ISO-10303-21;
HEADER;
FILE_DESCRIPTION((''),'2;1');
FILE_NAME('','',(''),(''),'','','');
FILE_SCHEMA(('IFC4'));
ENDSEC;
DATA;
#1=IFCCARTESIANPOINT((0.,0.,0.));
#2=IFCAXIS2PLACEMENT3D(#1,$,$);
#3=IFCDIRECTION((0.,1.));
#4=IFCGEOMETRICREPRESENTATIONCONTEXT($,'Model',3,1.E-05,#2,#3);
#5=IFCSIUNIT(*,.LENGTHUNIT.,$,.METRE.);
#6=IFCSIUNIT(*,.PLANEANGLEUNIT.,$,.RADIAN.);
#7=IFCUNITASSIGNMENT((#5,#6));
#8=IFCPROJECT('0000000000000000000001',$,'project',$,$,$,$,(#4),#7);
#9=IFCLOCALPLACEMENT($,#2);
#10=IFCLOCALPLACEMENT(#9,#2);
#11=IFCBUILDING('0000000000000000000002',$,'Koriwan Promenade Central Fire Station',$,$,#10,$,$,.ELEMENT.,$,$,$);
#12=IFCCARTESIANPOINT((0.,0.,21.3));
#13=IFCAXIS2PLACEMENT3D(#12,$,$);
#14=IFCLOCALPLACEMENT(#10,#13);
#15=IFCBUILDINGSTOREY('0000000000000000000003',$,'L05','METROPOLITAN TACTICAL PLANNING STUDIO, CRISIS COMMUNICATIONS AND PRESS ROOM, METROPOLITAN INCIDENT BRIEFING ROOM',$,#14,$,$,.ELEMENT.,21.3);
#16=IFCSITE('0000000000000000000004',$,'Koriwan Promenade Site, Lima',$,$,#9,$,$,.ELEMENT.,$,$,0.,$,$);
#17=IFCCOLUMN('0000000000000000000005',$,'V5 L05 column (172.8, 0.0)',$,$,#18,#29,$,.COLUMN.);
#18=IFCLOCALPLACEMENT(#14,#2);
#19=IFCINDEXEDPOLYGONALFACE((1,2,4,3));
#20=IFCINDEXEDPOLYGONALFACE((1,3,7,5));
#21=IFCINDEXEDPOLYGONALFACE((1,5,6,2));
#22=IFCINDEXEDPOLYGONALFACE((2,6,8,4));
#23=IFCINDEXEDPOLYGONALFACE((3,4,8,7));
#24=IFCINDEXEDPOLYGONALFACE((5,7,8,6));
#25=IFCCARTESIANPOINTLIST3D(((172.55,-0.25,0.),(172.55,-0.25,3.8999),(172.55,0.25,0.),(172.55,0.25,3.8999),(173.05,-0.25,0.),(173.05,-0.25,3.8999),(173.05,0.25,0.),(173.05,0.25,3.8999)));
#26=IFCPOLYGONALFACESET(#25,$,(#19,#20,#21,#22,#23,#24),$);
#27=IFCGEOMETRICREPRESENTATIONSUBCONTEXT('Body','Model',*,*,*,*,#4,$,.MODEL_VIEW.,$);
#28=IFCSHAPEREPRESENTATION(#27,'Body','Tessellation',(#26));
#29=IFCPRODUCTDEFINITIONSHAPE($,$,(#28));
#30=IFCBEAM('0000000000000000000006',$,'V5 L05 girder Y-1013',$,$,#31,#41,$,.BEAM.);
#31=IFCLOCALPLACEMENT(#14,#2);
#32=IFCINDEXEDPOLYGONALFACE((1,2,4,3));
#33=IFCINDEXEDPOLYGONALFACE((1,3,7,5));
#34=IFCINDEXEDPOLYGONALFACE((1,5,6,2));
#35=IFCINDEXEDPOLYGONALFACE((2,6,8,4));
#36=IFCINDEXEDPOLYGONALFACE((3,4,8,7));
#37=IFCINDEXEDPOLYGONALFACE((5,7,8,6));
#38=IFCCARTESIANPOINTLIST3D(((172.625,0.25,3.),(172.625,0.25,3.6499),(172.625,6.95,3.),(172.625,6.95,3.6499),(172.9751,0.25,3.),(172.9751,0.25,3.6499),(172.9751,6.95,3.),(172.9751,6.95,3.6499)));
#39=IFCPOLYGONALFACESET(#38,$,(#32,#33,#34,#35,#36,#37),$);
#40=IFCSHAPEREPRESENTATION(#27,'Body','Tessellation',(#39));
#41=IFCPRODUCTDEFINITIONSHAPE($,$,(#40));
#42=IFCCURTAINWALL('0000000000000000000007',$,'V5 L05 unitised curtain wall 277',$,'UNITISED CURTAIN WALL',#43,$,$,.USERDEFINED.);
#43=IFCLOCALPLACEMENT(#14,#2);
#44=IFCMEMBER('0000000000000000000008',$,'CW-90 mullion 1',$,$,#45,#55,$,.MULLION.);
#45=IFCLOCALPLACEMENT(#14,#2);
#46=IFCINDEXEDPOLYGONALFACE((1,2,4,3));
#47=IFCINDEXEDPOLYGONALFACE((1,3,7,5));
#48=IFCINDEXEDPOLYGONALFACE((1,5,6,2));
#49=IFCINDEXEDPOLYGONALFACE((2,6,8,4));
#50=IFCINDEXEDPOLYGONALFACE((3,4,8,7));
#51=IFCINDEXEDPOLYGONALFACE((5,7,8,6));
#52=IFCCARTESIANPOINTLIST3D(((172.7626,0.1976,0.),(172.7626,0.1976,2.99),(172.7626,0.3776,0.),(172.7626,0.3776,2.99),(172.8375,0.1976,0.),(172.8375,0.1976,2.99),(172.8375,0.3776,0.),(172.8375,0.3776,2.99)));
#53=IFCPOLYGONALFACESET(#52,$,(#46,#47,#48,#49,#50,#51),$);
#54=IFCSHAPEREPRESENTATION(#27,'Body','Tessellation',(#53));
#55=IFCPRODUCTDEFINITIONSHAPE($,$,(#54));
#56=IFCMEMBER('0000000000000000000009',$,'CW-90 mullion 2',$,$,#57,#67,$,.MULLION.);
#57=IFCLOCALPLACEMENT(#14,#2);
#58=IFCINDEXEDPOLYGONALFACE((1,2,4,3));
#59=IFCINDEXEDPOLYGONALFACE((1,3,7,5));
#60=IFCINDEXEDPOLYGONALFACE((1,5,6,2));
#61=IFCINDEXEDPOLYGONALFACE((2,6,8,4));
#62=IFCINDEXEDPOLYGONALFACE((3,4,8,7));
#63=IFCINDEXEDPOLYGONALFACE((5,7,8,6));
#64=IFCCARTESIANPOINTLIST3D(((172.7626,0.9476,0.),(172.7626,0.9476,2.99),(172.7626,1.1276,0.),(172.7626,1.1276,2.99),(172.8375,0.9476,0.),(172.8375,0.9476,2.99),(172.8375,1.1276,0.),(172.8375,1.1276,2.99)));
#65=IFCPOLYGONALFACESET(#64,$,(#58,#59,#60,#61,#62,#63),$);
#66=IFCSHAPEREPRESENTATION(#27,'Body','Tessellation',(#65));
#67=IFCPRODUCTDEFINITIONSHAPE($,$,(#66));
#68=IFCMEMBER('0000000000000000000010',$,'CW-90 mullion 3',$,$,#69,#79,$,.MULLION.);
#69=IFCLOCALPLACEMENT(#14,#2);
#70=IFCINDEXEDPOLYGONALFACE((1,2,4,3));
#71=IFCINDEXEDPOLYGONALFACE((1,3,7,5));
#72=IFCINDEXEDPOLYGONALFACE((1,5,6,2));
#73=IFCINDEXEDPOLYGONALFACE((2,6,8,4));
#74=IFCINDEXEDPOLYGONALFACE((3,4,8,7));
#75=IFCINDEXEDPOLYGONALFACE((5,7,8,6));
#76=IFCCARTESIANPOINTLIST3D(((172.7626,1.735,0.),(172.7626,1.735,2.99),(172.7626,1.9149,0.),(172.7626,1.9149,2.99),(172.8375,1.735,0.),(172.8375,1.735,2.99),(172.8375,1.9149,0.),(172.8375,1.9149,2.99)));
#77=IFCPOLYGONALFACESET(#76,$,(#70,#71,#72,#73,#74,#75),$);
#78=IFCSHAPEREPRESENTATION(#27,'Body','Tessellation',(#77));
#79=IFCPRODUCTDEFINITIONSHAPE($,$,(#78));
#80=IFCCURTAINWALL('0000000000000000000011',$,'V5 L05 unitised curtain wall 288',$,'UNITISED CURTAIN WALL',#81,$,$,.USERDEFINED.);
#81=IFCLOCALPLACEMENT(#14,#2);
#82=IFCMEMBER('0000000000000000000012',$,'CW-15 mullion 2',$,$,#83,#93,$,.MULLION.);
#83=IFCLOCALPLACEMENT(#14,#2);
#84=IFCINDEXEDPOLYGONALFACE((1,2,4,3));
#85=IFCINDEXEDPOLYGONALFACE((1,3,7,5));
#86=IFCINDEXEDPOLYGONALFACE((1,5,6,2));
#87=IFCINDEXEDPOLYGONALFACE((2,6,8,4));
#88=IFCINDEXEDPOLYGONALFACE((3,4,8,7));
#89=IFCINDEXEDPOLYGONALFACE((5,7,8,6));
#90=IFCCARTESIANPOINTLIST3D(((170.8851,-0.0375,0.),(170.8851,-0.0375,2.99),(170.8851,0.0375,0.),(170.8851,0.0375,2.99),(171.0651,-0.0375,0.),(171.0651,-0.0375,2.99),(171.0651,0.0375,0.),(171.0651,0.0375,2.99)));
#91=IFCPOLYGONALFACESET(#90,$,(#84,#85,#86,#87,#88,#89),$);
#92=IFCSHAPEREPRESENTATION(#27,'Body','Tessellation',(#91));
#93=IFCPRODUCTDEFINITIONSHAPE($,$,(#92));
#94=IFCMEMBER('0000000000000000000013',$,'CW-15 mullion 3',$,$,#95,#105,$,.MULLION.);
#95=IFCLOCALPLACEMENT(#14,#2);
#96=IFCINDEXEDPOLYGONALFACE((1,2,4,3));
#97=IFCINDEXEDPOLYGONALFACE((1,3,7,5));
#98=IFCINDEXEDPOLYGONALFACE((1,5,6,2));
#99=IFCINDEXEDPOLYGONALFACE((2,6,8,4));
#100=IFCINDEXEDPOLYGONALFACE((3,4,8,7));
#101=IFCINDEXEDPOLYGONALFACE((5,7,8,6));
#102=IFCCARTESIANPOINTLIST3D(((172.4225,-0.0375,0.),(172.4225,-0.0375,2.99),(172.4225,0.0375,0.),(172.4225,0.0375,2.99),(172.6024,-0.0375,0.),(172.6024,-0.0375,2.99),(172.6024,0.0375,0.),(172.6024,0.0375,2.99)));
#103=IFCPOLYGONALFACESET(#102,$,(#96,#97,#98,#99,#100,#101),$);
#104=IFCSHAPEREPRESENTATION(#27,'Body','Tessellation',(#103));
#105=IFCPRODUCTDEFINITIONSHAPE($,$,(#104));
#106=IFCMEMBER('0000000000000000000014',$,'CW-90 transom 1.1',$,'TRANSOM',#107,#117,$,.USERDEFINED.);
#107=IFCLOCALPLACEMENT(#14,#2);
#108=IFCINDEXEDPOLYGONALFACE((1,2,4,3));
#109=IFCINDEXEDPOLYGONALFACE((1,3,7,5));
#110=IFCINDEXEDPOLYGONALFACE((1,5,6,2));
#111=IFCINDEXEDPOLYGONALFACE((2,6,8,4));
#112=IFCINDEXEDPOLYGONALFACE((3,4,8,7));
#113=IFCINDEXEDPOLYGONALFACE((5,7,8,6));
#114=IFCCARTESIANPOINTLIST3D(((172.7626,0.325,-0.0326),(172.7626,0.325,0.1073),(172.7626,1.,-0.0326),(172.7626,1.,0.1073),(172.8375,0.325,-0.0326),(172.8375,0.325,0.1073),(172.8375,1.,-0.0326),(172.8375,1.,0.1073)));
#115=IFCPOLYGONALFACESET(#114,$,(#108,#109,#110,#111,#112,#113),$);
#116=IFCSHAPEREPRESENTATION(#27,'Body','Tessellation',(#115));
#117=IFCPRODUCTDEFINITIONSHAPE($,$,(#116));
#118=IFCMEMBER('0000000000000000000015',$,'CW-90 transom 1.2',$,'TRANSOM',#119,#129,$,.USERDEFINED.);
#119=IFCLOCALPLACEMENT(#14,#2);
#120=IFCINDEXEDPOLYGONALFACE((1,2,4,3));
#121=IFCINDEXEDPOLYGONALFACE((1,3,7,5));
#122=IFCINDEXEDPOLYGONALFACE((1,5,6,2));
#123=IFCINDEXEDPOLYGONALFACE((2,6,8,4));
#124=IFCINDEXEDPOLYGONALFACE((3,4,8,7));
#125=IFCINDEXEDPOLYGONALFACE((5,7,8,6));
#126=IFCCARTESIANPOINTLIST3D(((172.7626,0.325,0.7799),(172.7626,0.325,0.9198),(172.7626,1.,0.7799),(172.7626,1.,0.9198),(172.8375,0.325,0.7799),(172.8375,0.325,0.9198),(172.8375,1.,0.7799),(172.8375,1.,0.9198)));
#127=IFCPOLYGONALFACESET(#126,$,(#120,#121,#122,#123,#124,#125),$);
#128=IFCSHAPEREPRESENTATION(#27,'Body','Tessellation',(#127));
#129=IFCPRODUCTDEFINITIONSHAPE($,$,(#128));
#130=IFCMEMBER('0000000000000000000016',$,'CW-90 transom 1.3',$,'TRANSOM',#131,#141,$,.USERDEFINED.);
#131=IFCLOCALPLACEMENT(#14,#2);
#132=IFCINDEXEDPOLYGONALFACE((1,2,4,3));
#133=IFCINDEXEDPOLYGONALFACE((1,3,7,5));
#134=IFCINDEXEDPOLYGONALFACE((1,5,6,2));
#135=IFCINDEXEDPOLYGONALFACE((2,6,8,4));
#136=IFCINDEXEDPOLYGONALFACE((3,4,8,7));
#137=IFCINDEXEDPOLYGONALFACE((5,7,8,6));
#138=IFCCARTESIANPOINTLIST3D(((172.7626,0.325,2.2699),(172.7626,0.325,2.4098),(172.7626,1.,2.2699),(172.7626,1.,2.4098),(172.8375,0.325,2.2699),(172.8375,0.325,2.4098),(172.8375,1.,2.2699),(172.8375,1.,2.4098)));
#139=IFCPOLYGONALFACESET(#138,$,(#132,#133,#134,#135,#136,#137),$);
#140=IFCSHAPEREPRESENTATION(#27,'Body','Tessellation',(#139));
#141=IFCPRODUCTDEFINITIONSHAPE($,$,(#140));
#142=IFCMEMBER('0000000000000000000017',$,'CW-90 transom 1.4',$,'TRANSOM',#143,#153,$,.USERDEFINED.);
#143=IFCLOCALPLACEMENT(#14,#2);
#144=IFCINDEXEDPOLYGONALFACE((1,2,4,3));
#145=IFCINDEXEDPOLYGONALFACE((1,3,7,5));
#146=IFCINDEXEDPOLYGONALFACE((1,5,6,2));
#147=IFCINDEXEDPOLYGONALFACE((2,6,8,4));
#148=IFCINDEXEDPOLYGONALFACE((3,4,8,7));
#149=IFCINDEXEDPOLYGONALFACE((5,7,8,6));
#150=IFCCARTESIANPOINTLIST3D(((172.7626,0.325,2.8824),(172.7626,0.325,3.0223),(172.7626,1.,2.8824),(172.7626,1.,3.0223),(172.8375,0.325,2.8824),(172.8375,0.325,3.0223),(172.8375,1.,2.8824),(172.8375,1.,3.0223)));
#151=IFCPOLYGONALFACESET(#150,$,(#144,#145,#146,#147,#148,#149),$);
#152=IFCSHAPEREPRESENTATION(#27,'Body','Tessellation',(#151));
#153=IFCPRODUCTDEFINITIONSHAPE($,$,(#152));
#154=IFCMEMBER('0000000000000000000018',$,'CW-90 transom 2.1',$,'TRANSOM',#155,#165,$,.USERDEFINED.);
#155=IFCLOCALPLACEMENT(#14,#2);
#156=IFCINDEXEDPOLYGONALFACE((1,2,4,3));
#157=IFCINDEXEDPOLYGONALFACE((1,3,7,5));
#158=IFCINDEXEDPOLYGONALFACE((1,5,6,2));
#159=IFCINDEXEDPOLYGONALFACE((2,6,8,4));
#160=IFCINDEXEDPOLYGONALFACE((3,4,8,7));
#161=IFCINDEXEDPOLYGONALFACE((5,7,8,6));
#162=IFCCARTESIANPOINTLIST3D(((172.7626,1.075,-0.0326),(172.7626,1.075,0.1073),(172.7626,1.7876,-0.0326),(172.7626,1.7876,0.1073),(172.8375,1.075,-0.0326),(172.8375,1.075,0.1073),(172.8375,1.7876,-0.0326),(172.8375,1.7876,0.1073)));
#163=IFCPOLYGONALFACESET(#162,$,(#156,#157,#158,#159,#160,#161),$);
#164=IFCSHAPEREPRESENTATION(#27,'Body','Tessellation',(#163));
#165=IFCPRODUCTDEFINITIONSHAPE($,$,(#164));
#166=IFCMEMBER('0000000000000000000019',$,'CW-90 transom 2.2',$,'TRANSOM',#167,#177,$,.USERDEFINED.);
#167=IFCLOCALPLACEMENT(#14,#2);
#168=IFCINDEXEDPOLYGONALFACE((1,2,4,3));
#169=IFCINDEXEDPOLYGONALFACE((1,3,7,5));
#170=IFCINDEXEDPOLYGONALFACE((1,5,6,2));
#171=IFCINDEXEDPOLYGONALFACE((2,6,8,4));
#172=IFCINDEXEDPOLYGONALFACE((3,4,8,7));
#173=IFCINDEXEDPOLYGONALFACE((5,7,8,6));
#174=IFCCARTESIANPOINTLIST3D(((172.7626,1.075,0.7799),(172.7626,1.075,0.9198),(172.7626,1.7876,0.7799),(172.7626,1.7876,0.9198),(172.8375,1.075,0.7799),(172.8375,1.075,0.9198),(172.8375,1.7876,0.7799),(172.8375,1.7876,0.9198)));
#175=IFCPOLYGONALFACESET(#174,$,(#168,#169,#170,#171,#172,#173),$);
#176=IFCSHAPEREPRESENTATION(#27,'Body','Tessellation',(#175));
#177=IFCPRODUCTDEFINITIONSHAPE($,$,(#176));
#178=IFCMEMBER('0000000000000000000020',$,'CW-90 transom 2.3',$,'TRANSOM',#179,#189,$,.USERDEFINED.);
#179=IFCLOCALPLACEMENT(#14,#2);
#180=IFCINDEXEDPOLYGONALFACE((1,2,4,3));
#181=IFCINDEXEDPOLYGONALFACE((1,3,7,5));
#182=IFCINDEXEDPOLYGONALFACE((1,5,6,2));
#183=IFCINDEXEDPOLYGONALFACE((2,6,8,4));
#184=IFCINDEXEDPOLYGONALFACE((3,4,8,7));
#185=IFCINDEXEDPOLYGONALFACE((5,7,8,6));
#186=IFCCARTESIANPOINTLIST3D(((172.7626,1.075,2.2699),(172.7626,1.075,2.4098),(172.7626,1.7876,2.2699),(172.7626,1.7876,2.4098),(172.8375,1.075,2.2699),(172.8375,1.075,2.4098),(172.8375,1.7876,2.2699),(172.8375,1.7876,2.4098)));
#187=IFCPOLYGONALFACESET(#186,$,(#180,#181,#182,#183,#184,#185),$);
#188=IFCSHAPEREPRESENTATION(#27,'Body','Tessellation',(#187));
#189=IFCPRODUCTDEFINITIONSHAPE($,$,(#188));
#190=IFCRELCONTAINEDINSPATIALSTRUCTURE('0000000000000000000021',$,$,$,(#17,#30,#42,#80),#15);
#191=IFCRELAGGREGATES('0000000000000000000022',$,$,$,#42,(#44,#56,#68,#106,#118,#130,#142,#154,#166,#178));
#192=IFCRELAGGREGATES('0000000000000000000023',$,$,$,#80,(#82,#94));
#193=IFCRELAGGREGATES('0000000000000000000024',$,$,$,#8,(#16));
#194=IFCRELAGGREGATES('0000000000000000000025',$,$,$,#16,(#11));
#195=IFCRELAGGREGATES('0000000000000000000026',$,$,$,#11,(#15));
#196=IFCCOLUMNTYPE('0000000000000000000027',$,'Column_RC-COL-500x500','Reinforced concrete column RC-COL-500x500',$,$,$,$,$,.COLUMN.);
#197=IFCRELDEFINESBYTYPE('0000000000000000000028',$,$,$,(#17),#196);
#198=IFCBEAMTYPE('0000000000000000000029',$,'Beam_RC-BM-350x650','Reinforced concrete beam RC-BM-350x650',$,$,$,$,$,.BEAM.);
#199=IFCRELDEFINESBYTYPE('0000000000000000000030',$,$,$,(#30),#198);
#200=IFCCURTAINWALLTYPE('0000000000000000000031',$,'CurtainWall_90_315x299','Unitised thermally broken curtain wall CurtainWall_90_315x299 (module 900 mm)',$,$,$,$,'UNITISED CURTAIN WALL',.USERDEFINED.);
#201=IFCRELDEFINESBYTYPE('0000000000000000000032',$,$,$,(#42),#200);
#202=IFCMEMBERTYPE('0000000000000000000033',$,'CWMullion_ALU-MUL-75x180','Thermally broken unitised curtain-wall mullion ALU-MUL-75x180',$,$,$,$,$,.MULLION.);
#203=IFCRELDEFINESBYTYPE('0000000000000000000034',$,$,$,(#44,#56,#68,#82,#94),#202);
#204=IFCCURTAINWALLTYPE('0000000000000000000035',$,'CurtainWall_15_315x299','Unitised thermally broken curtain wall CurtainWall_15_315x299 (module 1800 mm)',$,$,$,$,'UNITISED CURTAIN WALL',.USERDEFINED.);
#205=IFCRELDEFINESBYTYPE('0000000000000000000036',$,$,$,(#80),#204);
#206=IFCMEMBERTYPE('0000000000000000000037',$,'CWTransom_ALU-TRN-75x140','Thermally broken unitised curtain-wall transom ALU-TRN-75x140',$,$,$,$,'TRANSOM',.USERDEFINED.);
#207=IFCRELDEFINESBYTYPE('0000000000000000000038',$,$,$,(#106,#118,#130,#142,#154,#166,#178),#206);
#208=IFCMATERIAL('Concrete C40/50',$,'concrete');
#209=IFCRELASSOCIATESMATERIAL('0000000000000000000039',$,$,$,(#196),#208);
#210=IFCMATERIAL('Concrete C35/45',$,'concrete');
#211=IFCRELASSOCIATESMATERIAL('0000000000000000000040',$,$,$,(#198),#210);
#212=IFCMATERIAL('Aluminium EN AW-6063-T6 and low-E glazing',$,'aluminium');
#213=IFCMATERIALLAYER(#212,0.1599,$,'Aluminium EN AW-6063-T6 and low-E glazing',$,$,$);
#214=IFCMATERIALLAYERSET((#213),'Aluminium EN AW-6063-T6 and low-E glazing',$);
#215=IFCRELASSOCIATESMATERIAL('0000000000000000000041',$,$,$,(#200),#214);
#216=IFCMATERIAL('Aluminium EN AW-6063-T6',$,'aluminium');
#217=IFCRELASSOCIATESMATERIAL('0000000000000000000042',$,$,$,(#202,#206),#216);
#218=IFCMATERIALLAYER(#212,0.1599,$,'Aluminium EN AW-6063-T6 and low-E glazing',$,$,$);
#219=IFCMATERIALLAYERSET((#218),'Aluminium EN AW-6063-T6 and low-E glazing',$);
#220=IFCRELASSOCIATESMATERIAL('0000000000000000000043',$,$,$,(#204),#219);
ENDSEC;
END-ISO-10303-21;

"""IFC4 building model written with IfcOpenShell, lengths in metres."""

from ifc_helpers import new_model, si_unit, direction, frame, origin, origin_2d, place, context, subcontext, project, spatial, rectangle, extrude, material, layer, layer_set, material_profile, profile_set, type_object, element, aggregate, save


model = new_model("IFC4")

# Units and contexts
model_context = context("Model", 3, precision=1e-05, world=origin(), true_north=direction((0.0, 1.0)))
body_context = subcontext(model_context, "Body", "Model", "MODEL_VIEW")
ifc_project = project(units=[si_unit("LENGTHUNIT", "METRE"), si_unit("PLANEANGLEUNIT", "RADIAN")], contexts=[model_context])

# Site, building, storey
site_placement = place(None, origin())
site = spatial("IfcSite", under=ifc_project, at=site_placement, Name="Koriwan Promenade Site, Lima", CompositionType="ELEMENT", RefElevation=0.0)
building_placement = place(site_placement, origin())
building = spatial("IfcBuilding", under=site, at=building_placement, Name="Koriwan Promenade Central Fire Station", CompositionType="ELEMENT")
storey_placement = place(building_placement, frame((0.0, 0.0, 21.3)))
storey = spatial("IfcBuildingStorey", under=building, at=storey_placement, Name="L05", Description="METROPOLITAN TACTICAL PLANNING STUDIO, CRISIS COMMUNICATIONS AND PRESS ROOM, METROPOLITAN INCIDENT BRIEFING ROOM", CompositionType="ELEMENT", Elevation=21.3)

# Column
ifc_material_1 = material(Name="Concrete C40/50", Category="concrete")
ifc_material_profile_1 = material_profile(ifc_material_1, rectangle(XDim=0.5, YDim=0.5, at=origin_2d()), Name="RC-COL-500x500")
ifc_profile_set_1 = profile_set([ifc_material_profile_1], Name="Concrete C40/50")
column_type = type_object("IfcColumnType", Name="Column_RC-COL-500x500", Description="Reinforced concrete column RC-COL-500x500", PredefinedType="COLUMN", material=ifc_profile_set_1)
column_placement = place(storey_placement, frame((172.8, 0.0, 0.0), z_axis=(0.0, 0.0, 1.0), x_axis=(1.0, 0.0, 0.0)))
element("IfcColumn", 1, at=column_placement, inside=storey, type_object=column_type, Name="V5 L05 column (172.8, 0.0)", PredefinedType="COLUMN", context=body_context, shape_type="SweptSolid", body=[
    extrude(rectangle(XDim=0.5, YDim=0.5, at=origin_2d()), origin(), (0.0, 0.0, 1.0), 3.8999),
])

# Beam
ifc_material_2 = material(Name="Concrete C35/45", Category="concrete")
ifc_material_profile_2 = material_profile(ifc_material_2, rectangle(XDim=0.3501, YDim=0.6499, at=origin_2d()), Name="RC-BM-350x650")
ifc_profile_set_2 = profile_set([ifc_material_profile_2], Name="Concrete C35/45")
beam_type = type_object("IfcBeamType", Name="Beam_RC-BM-350x650", Description="Reinforced concrete beam RC-BM-350x650", PredefinedType="BEAM", material=ifc_profile_set_2)
beam_placement = place(storey_placement, frame((172.8, 0.25, 3.325), z_axis=(0.0, 1.0, 0.0), x_axis=(-1.0, 0.0, 0.0)))
element("IfcBeam", 2, at=beam_placement, inside=storey, type_object=beam_type, Name="V5 L05 girder Y-1013", PredefinedType="BEAM", context=body_context, shape_type="SweptSolid", body=[
    extrude(rectangle(XDim=0.3501, YDim=0.6499, at=origin_2d()), origin(), (0.0, 0.0, 1.0), 6.7),
])

# Curtain walls, members
ifc_material_3 = material(Name="Aluminium EN AW-6063-T6 and low-E glazing", Category="aluminium")
ifc_layer_1 = layer(ifc_material_3, 0.1599, Name="Aluminium EN AW-6063-T6 and low-E glazing")
ifc_layer_set_1 = layer_set([ifc_layer_1], Name="Aluminium EN AW-6063-T6 and low-E glazing")
curtain_wall_type_1 = type_object("IfcCurtainWallType", Name="CurtainWall_90_315x299", Description="Unitised thermally broken curtain wall CurtainWall_90_315x299 (module 900 mm)", ElementType="UNITISED CURTAIN WALL", PredefinedType="USERDEFINED", material=ifc_layer_set_1)
curtain_wall_1_placement = place(storey_placement, origin())
curtain_wall_1 = element("IfcCurtainWall", 3, at=curtain_wall_1_placement, inside=storey, type_object=curtain_wall_type_1, Name="V5 L05 unitised curtain wall 277", ObjectType="UNITISED CURTAIN WALL", PredefinedType="USERDEFINED")
ifc_material_4 = material(Name="Aluminium EN AW-6063-T6", Category="aluminium")
ifc_material_profile_3 = material_profile(ifc_material_4, rectangle(XDim=0.075, YDim=0.1799, at=origin_2d()), Name="ALU-MUL-75x180")
ifc_profile_set_3 = profile_set([ifc_material_profile_3], Name="Aluminium EN AW-6063-T6")
member_type_1 = type_object("IfcMemberType", Name="CWMullion_ALU-MUL-75x180", Description="Thermally broken unitised curtain-wall mullion ALU-MUL-75x180", PredefinedType="MULLION", material=ifc_profile_set_3)
member_1_placement = place(storey_placement, frame((172.8, 0.2876, 0.0), z_axis=(0.0, 0.0, 1.0), x_axis=(-1.0, 0.0, 0.0)))
member_1 = element("IfcMember", 4, at=member_1_placement, type_object=member_type_1, Name="CW-90 mullion 1", PredefinedType="MULLION", context=body_context, shape_type="SweptSolid", body=[
    extrude(rectangle(XDim=0.075, YDim=0.1799, at=origin_2d()), origin(), (0.0, 0.0, 1.0), 2.99),
])
member_2_placement = place(storey_placement, frame((172.8, 1.0376, 0.0), z_axis=(0.0, 0.0, 1.0), x_axis=(-1.0, 0.0, 0.0)))
member_2 = element("IfcMember", 5, at=member_2_placement, type_object=member_type_1, Name="CW-90 mullion 2", PredefinedType="MULLION", context=body_context, shape_type="SweptSolid", body=[
    extrude(rectangle(XDim=0.075, YDim=0.1799, at=origin_2d()), origin(), (0.0, 0.0, 1.0), 2.99),
])
member_3_placement = place(storey_placement, frame((172.8, 1.825, 0.0), z_axis=(0.0, 0.0, 1.0), x_axis=(-1.0, 0.0, 0.0)))
member_3 = element("IfcMember", 6, at=member_3_placement, type_object=member_type_1, Name="CW-90 mullion 3", PredefinedType="MULLION", context=body_context, shape_type="SweptSolid", body=[
    extrude(rectangle(XDim=0.075, YDim=0.1799, at=origin_2d()), origin(), (0.0, 0.0, 1.0), 2.99),
])
ifc_layer_2 = layer(ifc_material_3, 0.1599, Name="Aluminium EN AW-6063-T6 and low-E glazing")
ifc_layer_set_2 = layer_set([ifc_layer_2], Name="Aluminium EN AW-6063-T6 and low-E glazing")
curtain_wall_type_2 = type_object("IfcCurtainWallType", Name="CurtainWall_15_315x299", Description="Unitised thermally broken curtain wall CurtainWall_15_315x299 (module 1800 mm)", ElementType="UNITISED CURTAIN WALL", PredefinedType="USERDEFINED", material=ifc_layer_set_2)
curtain_wall_2_placement = place(storey_placement, origin())
curtain_wall_2 = element("IfcCurtainWall", 7, at=curtain_wall_2_placement, inside=storey, type_object=curtain_wall_type_2, Name="V5 L05 unitised curtain wall 288", ObjectType="UNITISED CURTAIN WALL", PredefinedType="USERDEFINED")
member_4_placement = place(storey_placement, frame((170.9751, 0.0, 0.0), z_axis=(0.0, 0.0, 1.0), x_axis=(0.0, 1.0, 0.0)))
member_4 = element("IfcMember", 8, at=member_4_placement, type_object=member_type_1, Name="CW-15 mullion 2", PredefinedType="MULLION", context=body_context, shape_type="SweptSolid", body=[
    extrude(rectangle(XDim=0.075, YDim=0.1799, at=origin_2d()), origin(), (0.0, 0.0, 1.0), 2.99),
])
member_5_placement = place(storey_placement, frame((172.5125, 0.0, 0.0), z_axis=(0.0, 0.0, 1.0), x_axis=(0.0, 1.0, 0.0)))
member_5 = element("IfcMember", 9, at=member_5_placement, type_object=member_type_1, Name="CW-15 mullion 3", PredefinedType="MULLION", context=body_context, shape_type="SweptSolid", body=[
    extrude(rectangle(XDim=0.075, YDim=0.1799, at=origin_2d()), origin(), (0.0, 0.0, 1.0), 2.99),
])

# Members
ifc_material_profile_4 = material_profile(ifc_material_4, rectangle(XDim=0.075, YDim=0.1399, at=origin_2d()), Name="ALU-TRN-75x140")
ifc_profile_set_4 = profile_set([ifc_material_profile_4], Name="Aluminium EN AW-6063-T6")
member_type_2 = type_object("IfcMemberType", Name="CWTransom_ALU-TRN-75x140", Description="Thermally broken unitised curtain-wall transom ALU-TRN-75x140", ElementType="TRANSOM", PredefinedType="USERDEFINED", material=ifc_profile_set_4)
member_6_placement = place(storey_placement, frame((172.8, 0.325, 0.0374), z_axis=(0.0, 1.0, 0.0), x_axis=(-1.0, 0.0, 0.0)))
member_6 = element("IfcMember", 10, at=member_6_placement, type_object=member_type_2, Name="CW-90 transom 1.1", ObjectType="TRANSOM", PredefinedType="USERDEFINED", context=body_context, shape_type="SweptSolid", body=[
    extrude(rectangle(XDim=0.075, YDim=0.1399, at=origin_2d()), origin(), (0.0, 0.0, 1.0), 0.675),
])
member_7_placement = place(storey_placement, frame((172.8, 0.325, 0.8499), z_axis=(0.0, 1.0, 0.0), x_axis=(-1.0, 0.0, 0.0)))
member_7 = element("IfcMember", 11, at=member_7_placement, type_object=member_type_2, Name="CW-90 transom 1.2", ObjectType="TRANSOM", PredefinedType="USERDEFINED", context=body_context, shape_type="SweptSolid", body=[
    extrude(rectangle(XDim=0.075, YDim=0.1399, at=origin_2d()), origin(), (0.0, 0.0, 1.0), 0.675),
])
member_8_placement = place(storey_placement, frame((172.8, 0.325, 2.3398), z_axis=(0.0, 1.0, 0.0), x_axis=(-1.0, 0.0, 0.0)))
member_8 = element("IfcMember", 12, at=member_8_placement, type_object=member_type_2, Name="CW-90 transom 1.3", ObjectType="TRANSOM", PredefinedType="USERDEFINED", context=body_context, shape_type="SweptSolid", body=[
    extrude(rectangle(XDim=0.075, YDim=0.1399, at=origin_2d()), origin(), (0.0, 0.0, 1.0), 0.675),
])
member_9_placement = place(storey_placement, frame((172.8, 0.325, 2.9524), z_axis=(0.0, 1.0, 0.0), x_axis=(-1.0, 0.0, 0.0)))
member_9 = element("IfcMember", 13, at=member_9_placement, type_object=member_type_2, Name="CW-90 transom 1.4", ObjectType="TRANSOM", PredefinedType="USERDEFINED", context=body_context, shape_type="SweptSolid", body=[
    extrude(rectangle(XDim=0.075, YDim=0.1399, at=origin_2d()), origin(), (0.0, 0.0, 1.0), 0.675),
])
member_10_placement = place(storey_placement, frame((172.8, 1.075, 0.0374), z_axis=(0.0, 1.0, 0.0), x_axis=(-1.0, 0.0, 0.0)))
member_10 = element("IfcMember", 14, at=member_10_placement, type_object=member_type_2, Name="CW-90 transom 2.1", ObjectType="TRANSOM", PredefinedType="USERDEFINED", context=body_context, shape_type="SweptSolid", body=[
    extrude(rectangle(XDim=0.075, YDim=0.1399, at=origin_2d()), origin(), (0.0, 0.0, 1.0), 0.7126),
])
member_11_placement = place(storey_placement, frame((172.8, 1.075, 0.8499), z_axis=(0.0, 1.0, 0.0), x_axis=(-1.0, 0.0, 0.0)))
member_11 = element("IfcMember", 15, at=member_11_placement, type_object=member_type_2, Name="CW-90 transom 2.2", ObjectType="TRANSOM", PredefinedType="USERDEFINED", context=body_context, shape_type="SweptSolid", body=[
    extrude(rectangle(XDim=0.075, YDim=0.1399, at=origin_2d()), origin(), (0.0, 0.0, 1.0), 0.7126),
])
member_12_placement = place(storey_placement, frame((172.8, 1.075, 2.3398), z_axis=(0.0, 1.0, 0.0), x_axis=(-1.0, 0.0, 0.0)))
member_12 = element("IfcMember", 16, at=member_12_placement, type_object=member_type_2, Name="CW-90 transom 2.3", ObjectType="TRANSOM", PredefinedType="USERDEFINED", context=body_context, shape_type="SweptSolid", body=[
    extrude(rectangle(XDim=0.075, YDim=0.1399, at=origin_2d()), origin(), (0.0, 0.0, 1.0), 0.7126),
])

aggregate(curtain_wall_1, [member_1, member_2, member_3, member_6, member_7, member_8, member_9, member_10, member_11, member_12])
aggregate(curtain_wall_2, [member_4, member_5])

save(model, "model.ifc")
